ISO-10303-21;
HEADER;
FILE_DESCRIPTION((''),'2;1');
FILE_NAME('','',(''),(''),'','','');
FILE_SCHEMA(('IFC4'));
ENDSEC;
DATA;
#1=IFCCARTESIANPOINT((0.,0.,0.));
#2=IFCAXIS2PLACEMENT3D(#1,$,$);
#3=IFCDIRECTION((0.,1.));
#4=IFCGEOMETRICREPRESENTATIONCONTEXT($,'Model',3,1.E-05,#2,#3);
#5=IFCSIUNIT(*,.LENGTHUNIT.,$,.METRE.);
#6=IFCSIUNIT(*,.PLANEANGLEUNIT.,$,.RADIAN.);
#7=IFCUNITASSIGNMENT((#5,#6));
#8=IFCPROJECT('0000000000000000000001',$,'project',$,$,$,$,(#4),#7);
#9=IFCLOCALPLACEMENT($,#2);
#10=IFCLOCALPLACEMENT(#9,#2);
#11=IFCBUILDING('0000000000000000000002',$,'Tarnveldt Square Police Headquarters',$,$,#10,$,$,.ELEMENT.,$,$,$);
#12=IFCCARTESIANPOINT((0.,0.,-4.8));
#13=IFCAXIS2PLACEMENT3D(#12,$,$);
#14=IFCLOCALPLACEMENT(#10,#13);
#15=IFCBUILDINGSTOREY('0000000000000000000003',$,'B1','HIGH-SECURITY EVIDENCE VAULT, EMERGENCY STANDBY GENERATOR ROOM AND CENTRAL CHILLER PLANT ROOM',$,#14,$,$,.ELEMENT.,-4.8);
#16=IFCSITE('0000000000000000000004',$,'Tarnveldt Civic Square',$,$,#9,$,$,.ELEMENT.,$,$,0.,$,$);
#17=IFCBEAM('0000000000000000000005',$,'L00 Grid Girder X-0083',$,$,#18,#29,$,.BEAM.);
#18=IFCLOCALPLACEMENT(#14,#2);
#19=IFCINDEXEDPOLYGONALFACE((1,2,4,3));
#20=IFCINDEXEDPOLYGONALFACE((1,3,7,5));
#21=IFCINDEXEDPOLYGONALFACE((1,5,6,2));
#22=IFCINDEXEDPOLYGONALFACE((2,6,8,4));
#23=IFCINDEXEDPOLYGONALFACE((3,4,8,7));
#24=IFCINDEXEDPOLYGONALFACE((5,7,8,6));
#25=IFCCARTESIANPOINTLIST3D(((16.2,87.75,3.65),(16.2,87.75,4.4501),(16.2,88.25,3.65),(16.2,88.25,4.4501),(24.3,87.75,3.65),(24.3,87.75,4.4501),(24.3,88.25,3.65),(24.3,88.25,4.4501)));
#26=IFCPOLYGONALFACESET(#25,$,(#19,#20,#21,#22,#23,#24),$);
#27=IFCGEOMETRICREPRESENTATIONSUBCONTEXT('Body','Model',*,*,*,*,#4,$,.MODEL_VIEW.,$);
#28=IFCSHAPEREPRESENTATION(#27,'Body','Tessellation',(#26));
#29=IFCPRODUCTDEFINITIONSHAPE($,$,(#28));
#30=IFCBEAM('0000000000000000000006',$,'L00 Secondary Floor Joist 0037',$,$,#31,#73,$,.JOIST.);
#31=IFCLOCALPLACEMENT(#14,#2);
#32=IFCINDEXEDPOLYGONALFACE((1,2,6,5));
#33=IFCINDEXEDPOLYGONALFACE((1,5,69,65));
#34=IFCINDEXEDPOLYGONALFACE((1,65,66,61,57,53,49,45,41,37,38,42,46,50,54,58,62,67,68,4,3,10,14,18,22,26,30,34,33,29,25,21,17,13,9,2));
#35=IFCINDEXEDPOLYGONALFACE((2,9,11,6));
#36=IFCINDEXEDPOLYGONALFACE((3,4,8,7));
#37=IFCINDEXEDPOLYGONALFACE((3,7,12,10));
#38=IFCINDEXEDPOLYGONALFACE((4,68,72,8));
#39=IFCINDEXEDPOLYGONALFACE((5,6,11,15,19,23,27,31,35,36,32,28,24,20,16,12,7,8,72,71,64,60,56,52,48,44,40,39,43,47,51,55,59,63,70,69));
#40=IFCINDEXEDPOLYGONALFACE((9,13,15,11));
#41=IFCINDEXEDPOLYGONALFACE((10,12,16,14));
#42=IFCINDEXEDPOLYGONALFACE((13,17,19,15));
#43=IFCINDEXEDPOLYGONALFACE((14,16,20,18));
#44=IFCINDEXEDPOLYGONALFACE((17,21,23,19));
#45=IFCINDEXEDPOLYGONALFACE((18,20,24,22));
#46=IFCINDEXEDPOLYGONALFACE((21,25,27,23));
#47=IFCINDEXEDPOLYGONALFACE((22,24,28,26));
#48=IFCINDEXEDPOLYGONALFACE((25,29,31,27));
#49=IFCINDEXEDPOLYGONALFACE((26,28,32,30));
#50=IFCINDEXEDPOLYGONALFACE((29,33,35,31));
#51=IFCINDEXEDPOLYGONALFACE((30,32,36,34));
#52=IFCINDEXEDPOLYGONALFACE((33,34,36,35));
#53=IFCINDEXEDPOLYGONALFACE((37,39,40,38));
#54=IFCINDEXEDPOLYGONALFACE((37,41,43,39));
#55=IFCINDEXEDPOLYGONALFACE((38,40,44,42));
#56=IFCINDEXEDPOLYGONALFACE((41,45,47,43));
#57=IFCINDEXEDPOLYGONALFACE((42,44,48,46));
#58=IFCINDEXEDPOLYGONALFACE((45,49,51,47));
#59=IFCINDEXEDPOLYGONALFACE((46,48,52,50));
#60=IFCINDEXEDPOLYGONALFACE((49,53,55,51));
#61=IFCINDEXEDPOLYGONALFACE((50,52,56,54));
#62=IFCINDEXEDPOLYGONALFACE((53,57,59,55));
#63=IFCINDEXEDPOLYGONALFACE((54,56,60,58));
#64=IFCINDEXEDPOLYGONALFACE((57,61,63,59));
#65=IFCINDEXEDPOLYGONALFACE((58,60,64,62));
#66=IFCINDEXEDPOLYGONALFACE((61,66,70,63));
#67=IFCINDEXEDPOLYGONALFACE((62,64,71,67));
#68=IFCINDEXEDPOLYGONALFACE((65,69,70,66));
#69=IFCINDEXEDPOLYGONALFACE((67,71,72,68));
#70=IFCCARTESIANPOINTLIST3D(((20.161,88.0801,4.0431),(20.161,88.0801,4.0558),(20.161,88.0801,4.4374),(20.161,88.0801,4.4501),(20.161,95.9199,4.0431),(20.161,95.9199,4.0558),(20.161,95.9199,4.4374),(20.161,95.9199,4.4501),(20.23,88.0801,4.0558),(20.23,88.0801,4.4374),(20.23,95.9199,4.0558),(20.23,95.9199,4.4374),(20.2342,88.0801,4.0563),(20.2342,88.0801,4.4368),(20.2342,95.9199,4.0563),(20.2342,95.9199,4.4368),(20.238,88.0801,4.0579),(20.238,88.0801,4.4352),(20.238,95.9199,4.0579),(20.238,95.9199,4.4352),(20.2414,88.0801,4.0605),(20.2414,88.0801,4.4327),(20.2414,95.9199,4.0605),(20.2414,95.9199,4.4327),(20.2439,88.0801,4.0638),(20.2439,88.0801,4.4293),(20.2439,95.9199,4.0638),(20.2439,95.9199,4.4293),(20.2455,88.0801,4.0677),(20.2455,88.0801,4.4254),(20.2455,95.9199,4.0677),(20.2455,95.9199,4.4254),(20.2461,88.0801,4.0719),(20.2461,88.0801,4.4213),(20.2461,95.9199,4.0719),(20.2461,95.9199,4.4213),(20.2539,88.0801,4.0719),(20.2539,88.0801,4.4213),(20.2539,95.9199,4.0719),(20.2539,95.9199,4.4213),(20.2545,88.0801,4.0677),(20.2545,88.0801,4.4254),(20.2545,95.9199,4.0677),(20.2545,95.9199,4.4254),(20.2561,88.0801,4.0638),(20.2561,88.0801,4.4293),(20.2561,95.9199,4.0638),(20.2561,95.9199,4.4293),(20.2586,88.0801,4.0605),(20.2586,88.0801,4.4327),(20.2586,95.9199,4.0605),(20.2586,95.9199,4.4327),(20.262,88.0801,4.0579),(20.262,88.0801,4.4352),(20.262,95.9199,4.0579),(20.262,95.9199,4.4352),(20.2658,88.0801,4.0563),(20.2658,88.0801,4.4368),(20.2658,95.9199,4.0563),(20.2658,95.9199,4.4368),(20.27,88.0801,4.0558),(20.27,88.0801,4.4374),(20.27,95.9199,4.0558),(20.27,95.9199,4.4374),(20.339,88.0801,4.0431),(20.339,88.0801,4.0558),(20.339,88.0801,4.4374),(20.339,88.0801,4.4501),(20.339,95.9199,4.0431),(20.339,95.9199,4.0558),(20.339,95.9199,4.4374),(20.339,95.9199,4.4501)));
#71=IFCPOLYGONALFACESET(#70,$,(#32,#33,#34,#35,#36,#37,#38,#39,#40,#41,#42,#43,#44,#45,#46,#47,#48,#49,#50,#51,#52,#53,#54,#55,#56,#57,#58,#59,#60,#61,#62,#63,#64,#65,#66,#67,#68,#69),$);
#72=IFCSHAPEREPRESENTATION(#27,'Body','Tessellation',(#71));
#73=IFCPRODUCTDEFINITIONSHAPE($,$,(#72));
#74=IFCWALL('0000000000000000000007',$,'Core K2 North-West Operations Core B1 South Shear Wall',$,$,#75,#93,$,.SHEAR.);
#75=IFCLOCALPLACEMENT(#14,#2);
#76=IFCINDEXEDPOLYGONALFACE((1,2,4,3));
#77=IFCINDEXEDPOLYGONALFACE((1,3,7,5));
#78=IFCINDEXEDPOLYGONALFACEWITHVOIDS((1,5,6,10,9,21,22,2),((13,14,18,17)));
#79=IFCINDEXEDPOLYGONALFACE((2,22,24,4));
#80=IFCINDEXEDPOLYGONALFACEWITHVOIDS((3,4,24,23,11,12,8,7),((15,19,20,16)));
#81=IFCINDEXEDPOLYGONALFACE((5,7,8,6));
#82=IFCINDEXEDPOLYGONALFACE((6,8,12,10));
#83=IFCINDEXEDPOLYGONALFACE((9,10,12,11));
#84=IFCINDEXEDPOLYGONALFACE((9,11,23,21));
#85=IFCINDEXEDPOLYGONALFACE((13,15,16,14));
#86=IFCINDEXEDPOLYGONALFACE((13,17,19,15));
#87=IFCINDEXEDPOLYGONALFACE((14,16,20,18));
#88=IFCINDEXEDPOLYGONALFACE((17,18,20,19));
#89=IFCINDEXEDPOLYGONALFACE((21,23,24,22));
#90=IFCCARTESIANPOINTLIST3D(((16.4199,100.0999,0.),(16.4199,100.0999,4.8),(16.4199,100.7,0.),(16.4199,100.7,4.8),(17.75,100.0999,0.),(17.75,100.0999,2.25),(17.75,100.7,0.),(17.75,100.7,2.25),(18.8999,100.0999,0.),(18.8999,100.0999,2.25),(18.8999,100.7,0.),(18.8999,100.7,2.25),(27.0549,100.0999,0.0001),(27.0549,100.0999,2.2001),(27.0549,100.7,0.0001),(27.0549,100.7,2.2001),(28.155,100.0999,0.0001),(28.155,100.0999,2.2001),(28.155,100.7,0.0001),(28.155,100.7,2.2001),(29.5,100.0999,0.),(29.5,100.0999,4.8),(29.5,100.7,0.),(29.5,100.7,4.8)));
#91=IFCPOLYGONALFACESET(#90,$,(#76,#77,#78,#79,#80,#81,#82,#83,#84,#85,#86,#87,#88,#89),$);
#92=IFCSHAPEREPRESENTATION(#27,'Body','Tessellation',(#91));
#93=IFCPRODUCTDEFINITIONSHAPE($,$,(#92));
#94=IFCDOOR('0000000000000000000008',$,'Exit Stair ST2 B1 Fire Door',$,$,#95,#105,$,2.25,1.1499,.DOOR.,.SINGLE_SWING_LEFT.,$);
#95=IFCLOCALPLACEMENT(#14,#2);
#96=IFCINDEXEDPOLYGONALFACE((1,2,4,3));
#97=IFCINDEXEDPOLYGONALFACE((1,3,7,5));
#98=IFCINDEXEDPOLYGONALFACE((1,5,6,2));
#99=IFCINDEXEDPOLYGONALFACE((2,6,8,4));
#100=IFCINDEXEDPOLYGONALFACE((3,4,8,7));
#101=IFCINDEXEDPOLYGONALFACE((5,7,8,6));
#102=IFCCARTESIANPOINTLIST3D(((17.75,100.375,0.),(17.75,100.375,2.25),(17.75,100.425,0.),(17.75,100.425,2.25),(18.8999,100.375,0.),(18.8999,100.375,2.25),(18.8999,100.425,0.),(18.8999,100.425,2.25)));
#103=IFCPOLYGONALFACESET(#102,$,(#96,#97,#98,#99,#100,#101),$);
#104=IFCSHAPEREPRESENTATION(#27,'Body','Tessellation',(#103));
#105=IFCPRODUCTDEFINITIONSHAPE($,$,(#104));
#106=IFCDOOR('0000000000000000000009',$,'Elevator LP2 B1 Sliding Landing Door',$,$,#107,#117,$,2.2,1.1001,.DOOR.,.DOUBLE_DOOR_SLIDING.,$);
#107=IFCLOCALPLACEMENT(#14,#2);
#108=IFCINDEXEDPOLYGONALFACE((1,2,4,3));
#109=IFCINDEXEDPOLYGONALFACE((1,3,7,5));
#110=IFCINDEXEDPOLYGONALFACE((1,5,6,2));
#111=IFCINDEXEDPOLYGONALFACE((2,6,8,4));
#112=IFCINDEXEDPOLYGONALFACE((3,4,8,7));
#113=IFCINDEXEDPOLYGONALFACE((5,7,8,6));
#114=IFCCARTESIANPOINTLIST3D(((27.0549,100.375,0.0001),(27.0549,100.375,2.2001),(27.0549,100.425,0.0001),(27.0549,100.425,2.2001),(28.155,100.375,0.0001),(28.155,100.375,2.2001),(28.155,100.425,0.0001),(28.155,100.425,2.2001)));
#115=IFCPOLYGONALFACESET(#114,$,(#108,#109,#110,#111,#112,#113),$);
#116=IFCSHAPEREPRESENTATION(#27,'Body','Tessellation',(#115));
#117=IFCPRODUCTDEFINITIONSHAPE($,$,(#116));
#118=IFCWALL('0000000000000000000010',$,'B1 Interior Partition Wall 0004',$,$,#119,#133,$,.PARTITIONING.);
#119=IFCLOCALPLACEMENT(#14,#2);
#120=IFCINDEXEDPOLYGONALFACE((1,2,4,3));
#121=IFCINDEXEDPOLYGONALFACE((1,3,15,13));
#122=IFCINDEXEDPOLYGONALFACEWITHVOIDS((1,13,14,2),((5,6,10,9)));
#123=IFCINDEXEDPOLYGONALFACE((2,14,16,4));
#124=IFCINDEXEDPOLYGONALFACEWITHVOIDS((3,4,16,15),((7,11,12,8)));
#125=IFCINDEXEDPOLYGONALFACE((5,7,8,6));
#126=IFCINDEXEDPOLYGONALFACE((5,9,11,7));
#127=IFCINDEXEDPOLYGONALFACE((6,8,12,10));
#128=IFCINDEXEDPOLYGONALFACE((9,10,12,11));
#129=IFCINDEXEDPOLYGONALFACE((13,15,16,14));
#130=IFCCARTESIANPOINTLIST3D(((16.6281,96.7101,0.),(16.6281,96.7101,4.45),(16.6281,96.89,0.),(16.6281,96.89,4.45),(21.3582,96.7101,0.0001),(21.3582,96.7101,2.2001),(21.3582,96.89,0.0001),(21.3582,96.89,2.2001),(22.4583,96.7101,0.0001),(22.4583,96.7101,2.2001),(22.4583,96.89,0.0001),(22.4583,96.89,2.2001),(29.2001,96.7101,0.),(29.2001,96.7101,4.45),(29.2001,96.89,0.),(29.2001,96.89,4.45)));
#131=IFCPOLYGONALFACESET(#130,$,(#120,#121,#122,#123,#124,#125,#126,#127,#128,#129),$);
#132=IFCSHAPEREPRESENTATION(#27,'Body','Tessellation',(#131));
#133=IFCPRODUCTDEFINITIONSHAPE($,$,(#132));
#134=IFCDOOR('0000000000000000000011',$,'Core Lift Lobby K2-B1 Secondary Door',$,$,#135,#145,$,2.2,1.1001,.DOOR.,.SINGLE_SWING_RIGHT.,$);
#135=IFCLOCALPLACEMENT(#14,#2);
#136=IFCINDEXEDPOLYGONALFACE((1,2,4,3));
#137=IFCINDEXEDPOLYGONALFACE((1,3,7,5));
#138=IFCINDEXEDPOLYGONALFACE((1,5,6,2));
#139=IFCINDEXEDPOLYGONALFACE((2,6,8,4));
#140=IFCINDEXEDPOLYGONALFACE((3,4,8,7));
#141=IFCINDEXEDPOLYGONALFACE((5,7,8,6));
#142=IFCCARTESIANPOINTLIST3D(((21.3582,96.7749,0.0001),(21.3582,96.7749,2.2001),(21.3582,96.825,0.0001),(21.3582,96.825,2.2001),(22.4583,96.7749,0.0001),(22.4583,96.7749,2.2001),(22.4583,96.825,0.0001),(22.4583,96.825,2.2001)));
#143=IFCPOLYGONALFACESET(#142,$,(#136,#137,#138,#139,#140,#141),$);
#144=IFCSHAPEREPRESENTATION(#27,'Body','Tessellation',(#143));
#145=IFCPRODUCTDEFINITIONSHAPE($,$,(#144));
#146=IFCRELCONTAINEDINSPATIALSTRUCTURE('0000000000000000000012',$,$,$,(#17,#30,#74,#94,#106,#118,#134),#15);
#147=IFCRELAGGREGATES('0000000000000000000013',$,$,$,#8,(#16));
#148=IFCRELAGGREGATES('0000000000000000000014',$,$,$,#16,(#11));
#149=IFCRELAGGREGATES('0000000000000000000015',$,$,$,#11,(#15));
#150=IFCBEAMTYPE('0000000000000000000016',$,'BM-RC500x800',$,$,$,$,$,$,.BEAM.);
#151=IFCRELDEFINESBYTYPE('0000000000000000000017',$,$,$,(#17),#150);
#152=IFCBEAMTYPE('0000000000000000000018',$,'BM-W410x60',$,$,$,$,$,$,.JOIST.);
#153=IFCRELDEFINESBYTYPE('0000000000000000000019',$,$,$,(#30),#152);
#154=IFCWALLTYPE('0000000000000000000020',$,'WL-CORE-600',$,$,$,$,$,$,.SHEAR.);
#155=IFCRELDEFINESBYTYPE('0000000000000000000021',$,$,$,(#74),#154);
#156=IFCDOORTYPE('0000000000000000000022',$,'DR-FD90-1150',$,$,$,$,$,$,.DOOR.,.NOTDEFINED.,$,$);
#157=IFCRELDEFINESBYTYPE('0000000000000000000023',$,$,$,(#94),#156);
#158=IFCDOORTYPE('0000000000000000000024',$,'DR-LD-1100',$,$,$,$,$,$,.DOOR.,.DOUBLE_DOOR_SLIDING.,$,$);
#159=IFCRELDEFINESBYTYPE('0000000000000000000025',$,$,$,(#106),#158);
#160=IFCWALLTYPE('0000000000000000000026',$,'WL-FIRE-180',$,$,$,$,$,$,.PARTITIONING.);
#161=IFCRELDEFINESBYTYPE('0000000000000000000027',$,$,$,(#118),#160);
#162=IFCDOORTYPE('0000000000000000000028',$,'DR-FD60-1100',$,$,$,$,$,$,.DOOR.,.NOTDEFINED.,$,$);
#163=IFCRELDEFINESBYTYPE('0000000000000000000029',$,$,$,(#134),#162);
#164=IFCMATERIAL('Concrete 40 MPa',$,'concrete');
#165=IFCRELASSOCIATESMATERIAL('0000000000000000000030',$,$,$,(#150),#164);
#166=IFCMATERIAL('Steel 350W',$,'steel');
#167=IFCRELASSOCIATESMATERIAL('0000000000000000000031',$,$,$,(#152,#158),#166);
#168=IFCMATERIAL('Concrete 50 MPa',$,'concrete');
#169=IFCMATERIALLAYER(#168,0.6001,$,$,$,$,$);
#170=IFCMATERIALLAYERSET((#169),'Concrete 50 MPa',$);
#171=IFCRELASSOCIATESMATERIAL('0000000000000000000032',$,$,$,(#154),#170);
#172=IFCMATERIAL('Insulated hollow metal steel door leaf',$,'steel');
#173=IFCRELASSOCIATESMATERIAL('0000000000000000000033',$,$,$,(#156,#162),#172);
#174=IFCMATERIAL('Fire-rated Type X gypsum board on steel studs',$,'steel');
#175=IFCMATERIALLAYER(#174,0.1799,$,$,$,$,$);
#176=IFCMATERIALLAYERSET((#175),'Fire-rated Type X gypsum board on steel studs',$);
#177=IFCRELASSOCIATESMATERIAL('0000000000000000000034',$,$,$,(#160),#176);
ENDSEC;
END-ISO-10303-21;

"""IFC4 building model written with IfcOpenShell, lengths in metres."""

from ifc_helpers import new_model, si_unit, direction, frame, frame_2d, origin, origin_2d, place, context, subcontext, project, spatial, rectangle, i_section, extrude, material, layer, layer_set, material_profile, profile_set, type_object, element, fill, save


model = new_model("IFC4")

# Units and contexts
model_context = context("Model", 3, precision=1e-05, world=origin(), true_north=direction((0.0, 1.0)))
body_context = subcontext(model_context, "Body", "Model", "MODEL_VIEW")
ifc_project = project(units=[si_unit("LENGTHUNIT", "METRE"), si_unit("PLANEANGLEUNIT", "RADIAN")], contexts=[model_context])

# Site, building, storey
site_placement = place(None, origin())
site = spatial("IfcSite", under=ifc_project, at=site_placement, Name="Tarnveldt Civic Square", CompositionType="ELEMENT", RefElevation=0.0)
building_placement = place(site_placement, origin())
building = spatial("IfcBuilding", under=site, at=building_placement, Name="Tarnveldt Square Police Headquarters", CompositionType="ELEMENT")
storey_placement = place(building_placement, frame((0.0, 0.0, -4.8)))
storey = spatial("IfcBuildingStorey", under=building, at=storey_placement, Name="B1", Description="HIGH-SECURITY EVIDENCE VAULT, EMERGENCY STANDBY GENERATOR ROOM AND CENTRAL CHILLER PLANT ROOM", CompositionType="ELEMENT", Elevation=-4.8)

# Shared definitions
ifc_material_1 = material(Name="Concrete 50 MPa", Category="concrete")

# Beams
ifc_material_2 = material(Name="Concrete 40 MPa", Category="concrete")
ifc_material_profile_1 = material_profile(ifc_material_2, rectangle(XDim=0.5, YDim=0.8, at=origin_2d()), Name="RC-B500x800")
ifc_profile_set_1 = profile_set([ifc_material_profile_1], Name="Concrete 40 MPa")
beam_type_1 = type_object("IfcBeamType", Name="BM-RC500x800", PredefinedType="BEAM", material=ifc_profile_set_1)
beam_1_placement = place(storey_placement, frame((16.2, 88.0, 4.05), z_axis=(1.0, 0.0, 0.0), x_axis=(0.0, 1.0, 0.0)))
element("IfcBeam", 1, at=beam_1_placement, inside=storey, type_object=beam_type_1, Name="L00 Grid Girder X-0083", PredefinedType="BEAM", context=body_context, shape_type="SweptSolid", body=[
    extrude(rectangle(XDim=0.5, YDim=0.8, at=origin_2d()), origin(), (0.0, 0.0, 1.0), 8.1001),
])
ifc_material_3 = material(Name="Steel 350W", Category="steel")
ifc_material_profile_2 = material_profile(ifc_material_3, i_section(OverallWidth=0.178, OverallDepth=0.407, WebThickness=0.0078, FlangeThickness=0.0127, FilletRadius=0.0161, at=origin_2d()), Name="W410x60")
ifc_profile_set_2 = profile_set([ifc_material_profile_2], Name="Steel 350W")
beam_type_2 = type_object("IfcBeamType", Name="BM-W410x60", PredefinedType="JOIST", material=ifc_profile_set_2)
beam_2_placement = place(storey_placement, frame((20.25, 88.0801, 4.2466), z_axis=(0.0, 1.0, 0.0), x_axis=(-1.0, 0.0, 0.0)))
element("IfcBeam", 2, at=beam_2_placement, inside=storey, type_object=beam_type_2, Name="L00 Secondary Floor Joist 0037", PredefinedType="JOIST", context=body_context, shape_type="SweptSolid", body=[
    extrude(i_section(OverallWidth=0.178, OverallDepth=0.407, WebThickness=0.0078, FlangeThickness=0.0127, FilletRadius=0.0161, at=origin_2d()), origin(), (0.0, 0.0, 1.0), 7.8398),
])

# Wall, openings, doors
ifc_layer_1 = layer(ifc_material_1, 0.6001)
ifc_layer_set_1 = layer_set([ifc_layer_1], Name="Concrete 50 MPa")
wall_type_1 = type_object("IfcWallType", Name="WL-CORE-600", PredefinedType="SHEAR", material=ifc_layer_set_1)
wall_1_placement = place(storey_placement, frame((16.4199, 100.3999, 0.0), z_axis=(0.0, 0.0, 1.0), x_axis=(1.0, 0.0, 0.0)))
wall_1 = element("IfcWall", 3, at=wall_1_placement, inside=storey, type_object=wall_type_1, Name="Core K2 North-West Operations Core B1 South Shear Wall", PredefinedType="SHEAR", context=body_context, shape_type="SweptSolid", body=[
    extrude(rectangle(XDim=13.0801, YDim=0.6001, at=frame_2d((6.54, 0.0))), origin(), (0.0, 0.0, 1.0), 4.8),
])
opening_1_placement = place(wall_1_placement, frame((1.3301, 0.0, 0.0)))
opening_1 = element("IfcOpeningElement", 4, at=opening_1_placement, cuts=wall_1, PredefinedType="OPENING", context=body_context, shape_type="SweptSolid", body=[
    extrude(rectangle(XDim=1.1499, YDim=2.25, at=frame_2d((0.575, 1.125))), frame((0.0, 0.3101, 0.0), z_axis=(0.0, -1.0, 0.0), x_axis=(1.0, 0.0, 0.0)), (0.0, 0.0, 1.0), 0.6201),
])
opening_2_placement = place(wall_1_placement, frame((10.635, 0.0, 0.0)))
opening_2 = element("IfcOpeningElement", 5, at=opening_2_placement, cuts=wall_1, PredefinedType="OPENING", context=body_context, shape_type="SweptSolid", body=[
    extrude(rectangle(XDim=1.1001, YDim=2.2, at=frame_2d((0.55, 1.1001))), frame((0.0, 0.3101, 0.0), z_axis=(0.0, -1.0, 0.0), x_axis=(1.0, 0.0, 0.0)), (0.0, 0.0, 1.0), 0.6201),
])
ifc_material_4 = material(Name="Insulated hollow metal steel door leaf", Category="steel")
door_type_1 = type_object("IfcDoorType", Name="DR-FD90-1150", OperationType="NOTDEFINED", PredefinedType="DOOR", material=ifc_material_4)
door_1_placement = place(opening_1_placement, frame((1.1499, 0.0, 0.0), z_axis=(0.0, 0.0, 1.0), x_axis=(-1.0, 0.0, 0.0)))
door_1 = element("IfcDoor", 6, at=door_1_placement, inside=storey, type_object=door_type_1, Name="Exit Stair ST2 B1 Fire Door", OperationType="SINGLE_SWING_LEFT", OverallHeight=2.25, OverallWidth=1.1499, PredefinedType="DOOR", context=body_context, shape_type="SweptSolid", body=[
    extrude(rectangle(XDim=1.1499, YDim=2.25, at=frame_2d((0.575, 1.125))), frame((0.0, 0.0249, 0.0), z_axis=(0.0, -1.0, 0.0), x_axis=(1.0, 0.0, 0.0)), (0.0, 0.0, 1.0), 0.05),
])
fill(opening_1, door_1)
door_type_2 = type_object("IfcDoorType", Name="DR-LD-1100", OperationType="DOUBLE_DOOR_SLIDING", PredefinedType="DOOR", material=ifc_material_3)
door_2_placement = place(opening_2_placement, frame((1.1001, 0.0, 0.0), z_axis=(0.0, 0.0, 1.0), x_axis=(-1.0, 0.0, 0.0)))
door_2 = element("IfcDoor", 7, at=door_2_placement, inside=storey, type_object=door_type_2, Name="Elevator LP2 B1 Sliding Landing Door", OperationType="DOUBLE_DOOR_SLIDING", OverallHeight=2.2, OverallWidth=1.1001, PredefinedType="DOOR", context=body_context, shape_type="SweptSolid", body=[
    extrude(rectangle(XDim=1.1001, YDim=2.2, at=frame_2d((0.55, 1.1001))), frame((0.0, 0.0249, 0.0), z_axis=(0.0, -1.0, 0.0), x_axis=(1.0, 0.0, 0.0)), (0.0, 0.0, 1.0), 0.05),
])
fill(opening_2, door_2)

# Wall, opening, door
ifc_material_5 = material(Name="Fire-rated Type X gypsum board on steel studs", Category="steel")
ifc_layer_2 = layer(ifc_material_5, 0.1799)
ifc_layer_set_2 = layer_set([ifc_layer_2], Name="Fire-rated Type X gypsum board on steel studs")
wall_type_2 = type_object("IfcWallType", Name="WL-FIRE-180", PredefinedType="PARTITIONING", material=ifc_layer_set_2)
wall_2_placement = place(storey_placement, frame((16.6279, 96.8, 0.0), z_axis=(0.0, 0.0, 1.0), x_axis=(1.0, 0.0, 0.0)))
wall_2 = element("IfcWall", 8, at=wall_2_placement, inside=storey, type_object=wall_type_2, Name="B1 Interior Partition Wall 0004", PredefinedType="PARTITIONING", context=body_context, shape_type="SweptSolid", body=[
    extrude(rectangle(XDim=12.572, YDim=0.1799, at=frame_2d((6.2861, 0.0))), origin(), (0.0, 0.0, 1.0), 4.45),
])
opening_3_placement = place(wall_2_placement, frame((4.7302, 0.0, 0.0)))
opening_3 = element("IfcOpeningElement", 9, at=opening_3_placement, cuts=wall_2, PredefinedType="OPENING", context=body_context, shape_type="SweptSolid", body=[
    extrude(rectangle(XDim=1.1001, YDim=2.2, at=frame_2d((0.55, 1.1001))), frame((0.0, 0.0999, 0.0), z_axis=(0.0, -1.0, 0.0), x_axis=(1.0, 0.0, 0.0)), (0.0, 0.0, 1.0), 0.2),
])
door_type_3 = type_object("IfcDoorType", Name="DR-FD60-1100", OperationType="NOTDEFINED", PredefinedType="DOOR", material=ifc_material_4)
door_3_placement = place(opening_3_placement, origin())
door_3 = element("IfcDoor", 10, at=door_3_placement, inside=storey, type_object=door_type_3, Name="Core Lift Lobby K2-B1 Secondary Door", OperationType="SINGLE_SWING_RIGHT", OverallHeight=2.2, OverallWidth=1.1001, PredefinedType="DOOR", context=body_context, shape_type="SweptSolid", body=[
    extrude(rectangle(XDim=1.1001, YDim=2.2, at=frame_2d((0.55, 1.1001))), frame((0.0, 0.0249, 0.0), z_axis=(0.0, -1.0, 0.0), x_axis=(1.0, 0.0, 0.0)), (0.0, 0.0, 1.0), 0.05),
])
fill(opening_3, door_3)

save(model, "model.ifc")
